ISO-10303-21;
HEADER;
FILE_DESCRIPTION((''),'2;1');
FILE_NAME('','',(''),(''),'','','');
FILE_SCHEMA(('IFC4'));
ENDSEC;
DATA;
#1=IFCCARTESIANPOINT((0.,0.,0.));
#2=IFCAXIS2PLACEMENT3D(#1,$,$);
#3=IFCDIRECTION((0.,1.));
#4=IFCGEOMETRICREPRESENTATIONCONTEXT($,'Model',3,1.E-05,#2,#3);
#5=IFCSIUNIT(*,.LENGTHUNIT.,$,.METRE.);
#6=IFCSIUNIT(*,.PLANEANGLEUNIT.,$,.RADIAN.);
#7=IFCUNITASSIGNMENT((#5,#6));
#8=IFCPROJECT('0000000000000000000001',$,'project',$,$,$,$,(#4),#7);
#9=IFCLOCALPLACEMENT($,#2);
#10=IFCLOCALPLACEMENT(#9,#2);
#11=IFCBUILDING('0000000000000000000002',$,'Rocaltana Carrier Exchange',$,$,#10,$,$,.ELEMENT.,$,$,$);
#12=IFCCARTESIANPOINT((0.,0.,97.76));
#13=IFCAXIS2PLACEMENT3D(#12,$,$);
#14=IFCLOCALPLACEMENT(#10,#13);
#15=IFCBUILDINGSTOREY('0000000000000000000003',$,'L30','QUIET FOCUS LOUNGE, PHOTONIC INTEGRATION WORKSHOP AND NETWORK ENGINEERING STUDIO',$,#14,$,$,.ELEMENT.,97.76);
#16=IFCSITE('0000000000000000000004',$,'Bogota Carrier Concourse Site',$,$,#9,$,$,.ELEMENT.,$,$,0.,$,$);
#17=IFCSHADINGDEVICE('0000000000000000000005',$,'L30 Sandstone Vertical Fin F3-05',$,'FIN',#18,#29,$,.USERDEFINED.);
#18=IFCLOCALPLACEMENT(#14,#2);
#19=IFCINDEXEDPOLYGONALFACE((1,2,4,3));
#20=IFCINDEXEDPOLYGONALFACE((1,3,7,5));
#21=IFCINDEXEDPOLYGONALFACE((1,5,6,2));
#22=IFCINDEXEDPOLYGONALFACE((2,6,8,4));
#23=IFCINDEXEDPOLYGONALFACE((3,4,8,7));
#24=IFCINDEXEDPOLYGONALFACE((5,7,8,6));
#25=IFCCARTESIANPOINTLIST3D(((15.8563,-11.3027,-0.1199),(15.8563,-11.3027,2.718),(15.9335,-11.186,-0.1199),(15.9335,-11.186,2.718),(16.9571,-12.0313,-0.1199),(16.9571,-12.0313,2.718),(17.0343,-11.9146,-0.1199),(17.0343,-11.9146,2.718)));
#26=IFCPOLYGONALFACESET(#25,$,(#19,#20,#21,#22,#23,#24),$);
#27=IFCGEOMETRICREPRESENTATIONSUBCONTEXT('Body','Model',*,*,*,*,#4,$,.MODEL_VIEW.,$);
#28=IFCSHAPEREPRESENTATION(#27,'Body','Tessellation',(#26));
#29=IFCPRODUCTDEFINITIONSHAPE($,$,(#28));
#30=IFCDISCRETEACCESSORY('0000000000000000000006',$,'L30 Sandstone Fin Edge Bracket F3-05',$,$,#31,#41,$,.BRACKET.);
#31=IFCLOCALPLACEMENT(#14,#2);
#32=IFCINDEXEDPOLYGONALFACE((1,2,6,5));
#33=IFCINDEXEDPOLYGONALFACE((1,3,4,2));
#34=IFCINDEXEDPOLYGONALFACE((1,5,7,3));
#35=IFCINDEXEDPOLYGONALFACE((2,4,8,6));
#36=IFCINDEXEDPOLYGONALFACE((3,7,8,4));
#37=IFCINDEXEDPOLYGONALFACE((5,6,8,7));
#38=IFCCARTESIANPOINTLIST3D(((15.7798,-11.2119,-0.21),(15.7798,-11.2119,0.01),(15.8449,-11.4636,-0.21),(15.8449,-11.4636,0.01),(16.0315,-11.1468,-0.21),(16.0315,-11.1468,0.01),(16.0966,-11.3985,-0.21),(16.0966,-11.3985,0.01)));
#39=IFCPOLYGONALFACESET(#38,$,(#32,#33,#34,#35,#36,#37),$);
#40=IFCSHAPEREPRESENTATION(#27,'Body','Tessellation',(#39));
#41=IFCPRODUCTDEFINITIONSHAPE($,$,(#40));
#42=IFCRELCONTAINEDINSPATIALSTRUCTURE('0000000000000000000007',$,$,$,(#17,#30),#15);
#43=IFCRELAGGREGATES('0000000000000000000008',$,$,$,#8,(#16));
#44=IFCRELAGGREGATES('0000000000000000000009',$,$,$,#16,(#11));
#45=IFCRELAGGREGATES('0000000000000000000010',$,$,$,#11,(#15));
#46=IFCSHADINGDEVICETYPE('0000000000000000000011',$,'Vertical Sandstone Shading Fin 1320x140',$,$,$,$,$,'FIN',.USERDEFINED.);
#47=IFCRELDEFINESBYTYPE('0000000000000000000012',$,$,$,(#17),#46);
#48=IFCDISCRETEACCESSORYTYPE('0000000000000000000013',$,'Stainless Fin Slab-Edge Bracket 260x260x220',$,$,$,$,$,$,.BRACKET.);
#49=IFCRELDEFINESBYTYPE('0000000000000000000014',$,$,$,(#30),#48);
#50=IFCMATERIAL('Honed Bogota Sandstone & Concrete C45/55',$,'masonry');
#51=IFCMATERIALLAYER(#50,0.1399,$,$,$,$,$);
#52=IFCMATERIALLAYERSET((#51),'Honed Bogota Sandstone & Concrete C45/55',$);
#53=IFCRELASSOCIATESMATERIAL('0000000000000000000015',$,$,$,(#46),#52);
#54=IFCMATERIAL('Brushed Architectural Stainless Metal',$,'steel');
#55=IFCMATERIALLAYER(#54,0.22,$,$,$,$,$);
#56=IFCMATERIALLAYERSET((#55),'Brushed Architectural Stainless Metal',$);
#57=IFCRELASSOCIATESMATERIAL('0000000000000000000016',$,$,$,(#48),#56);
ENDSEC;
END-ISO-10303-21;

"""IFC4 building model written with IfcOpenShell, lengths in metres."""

from ifc_helpers import new_model, si_unit, direction, frame, origin, origin_2d, place, context, subcontext, project, spatial, rectangle, extrude, material, layer, layer_set, type_object, element, save


model = new_model("IFC4")

# Units and contexts
model_context = context("Model", 3, precision=1e-05, world=origin(), true_north=direction((0.0, 1.0)))
body_context = subcontext(model_context, "Body", "Model", "MODEL_VIEW")
ifc_project = project(units=[si_unit("LENGTHUNIT", "METRE"), si_unit("PLANEANGLEUNIT", "RADIAN")], contexts=[model_context])

# Site, building, storey
site_placement = place(None, origin())
site = spatial("IfcSite", under=ifc_project, at=site_placement, Name="Bogota Carrier Concourse Site", CompositionType="ELEMENT", RefElevation=0.0)
building_placement = place(site_placement, origin())
building = spatial("IfcBuilding", under=site, at=building_placement, Name="Rocaltana Carrier Exchange", CompositionType="ELEMENT")
storey_placement = place(building_placement, frame((0.0, 0.0, 97.76)))
storey = spatial("IfcBuildingStorey", under=building, at=storey_placement, Name="L30", Description="QUIET FOCUS LOUNGE, PHOTONIC INTEGRATION WORKSHOP AND NETWORK ENGINEERING STUDIO", CompositionType="ELEMENT", Elevation=97.76)

# Shading device
ifc_material_1 = material(Name="Honed Bogota Sandstone & Concrete C45/55", Category="masonry")
ifc_layer_1 = layer(ifc_material_1, 0.1399)
ifc_layer_set_1 = layer_set([ifc_layer_1], Name="Honed Bogota Sandstone & Concrete C45/55")
shading_device_type = type_object("IfcShadingDeviceType", Name="Vertical Sandstone Shading Fin 1320x140", ElementType="FIN", PredefinedType="USERDEFINED", material=ifc_layer_set_1)
shading_device_placement = place(storey_placement, frame((16.4453, -11.6086, -0.1199), z_axis=(0.0, 0.0, 1.0), x_axis=(0.833886, -0.551937, 0.0)))
element("IfcShadingDevice", 1, at=shading_device_placement, inside=storey, type_object=shading_device_type, Name="L30 Sandstone Vertical Fin F3-05", ObjectType="FIN", PredefinedType="USERDEFINED", context=body_context, shape_type="SweptSolid", body=[
    extrude(rectangle(XDim=1.3201, YDim=0.1399, at=origin_2d()), origin(), (0.0, 0.0, 1.0), 2.8379),
])

# Discrete accessory
ifc_material_2 = material(Name="Brushed Architectural Stainless Metal", Category="steel")
ifc_layer_2 = layer(ifc_material_2, 0.22)
ifc_layer_set_2 = layer_set([ifc_layer_2], Name="Brushed Architectural Stainless Metal")
discrete_accessory_type = type_object("IfcDiscreteAccessoryType", Name="Stainless Fin Slab-Edge Bracket 260x260x220", PredefinedType="BRACKET", material=ifc_layer_set_2)
discrete_accessory_placement = place(storey_placement, frame((15.9382, -11.3052, -0.21), z_axis=(0.0, 0.0, 1.0), x_axis=(0.968148, 0.25038, 0.0)))
element("IfcDiscreteAccessory", 2, at=discrete_accessory_placement, inside=storey, type_object=discrete_accessory_type, Name="L30 Sandstone Fin Edge Bracket F3-05", PredefinedType="BRACKET", context=body_context, shape_type="SweptSolid", body=[
    extrude(rectangle(XDim=0.26, YDim=0.26, at=origin_2d()), origin(), (0.0, 0.0, 1.0), 0.22),
])

save(model, "model.ifc")
